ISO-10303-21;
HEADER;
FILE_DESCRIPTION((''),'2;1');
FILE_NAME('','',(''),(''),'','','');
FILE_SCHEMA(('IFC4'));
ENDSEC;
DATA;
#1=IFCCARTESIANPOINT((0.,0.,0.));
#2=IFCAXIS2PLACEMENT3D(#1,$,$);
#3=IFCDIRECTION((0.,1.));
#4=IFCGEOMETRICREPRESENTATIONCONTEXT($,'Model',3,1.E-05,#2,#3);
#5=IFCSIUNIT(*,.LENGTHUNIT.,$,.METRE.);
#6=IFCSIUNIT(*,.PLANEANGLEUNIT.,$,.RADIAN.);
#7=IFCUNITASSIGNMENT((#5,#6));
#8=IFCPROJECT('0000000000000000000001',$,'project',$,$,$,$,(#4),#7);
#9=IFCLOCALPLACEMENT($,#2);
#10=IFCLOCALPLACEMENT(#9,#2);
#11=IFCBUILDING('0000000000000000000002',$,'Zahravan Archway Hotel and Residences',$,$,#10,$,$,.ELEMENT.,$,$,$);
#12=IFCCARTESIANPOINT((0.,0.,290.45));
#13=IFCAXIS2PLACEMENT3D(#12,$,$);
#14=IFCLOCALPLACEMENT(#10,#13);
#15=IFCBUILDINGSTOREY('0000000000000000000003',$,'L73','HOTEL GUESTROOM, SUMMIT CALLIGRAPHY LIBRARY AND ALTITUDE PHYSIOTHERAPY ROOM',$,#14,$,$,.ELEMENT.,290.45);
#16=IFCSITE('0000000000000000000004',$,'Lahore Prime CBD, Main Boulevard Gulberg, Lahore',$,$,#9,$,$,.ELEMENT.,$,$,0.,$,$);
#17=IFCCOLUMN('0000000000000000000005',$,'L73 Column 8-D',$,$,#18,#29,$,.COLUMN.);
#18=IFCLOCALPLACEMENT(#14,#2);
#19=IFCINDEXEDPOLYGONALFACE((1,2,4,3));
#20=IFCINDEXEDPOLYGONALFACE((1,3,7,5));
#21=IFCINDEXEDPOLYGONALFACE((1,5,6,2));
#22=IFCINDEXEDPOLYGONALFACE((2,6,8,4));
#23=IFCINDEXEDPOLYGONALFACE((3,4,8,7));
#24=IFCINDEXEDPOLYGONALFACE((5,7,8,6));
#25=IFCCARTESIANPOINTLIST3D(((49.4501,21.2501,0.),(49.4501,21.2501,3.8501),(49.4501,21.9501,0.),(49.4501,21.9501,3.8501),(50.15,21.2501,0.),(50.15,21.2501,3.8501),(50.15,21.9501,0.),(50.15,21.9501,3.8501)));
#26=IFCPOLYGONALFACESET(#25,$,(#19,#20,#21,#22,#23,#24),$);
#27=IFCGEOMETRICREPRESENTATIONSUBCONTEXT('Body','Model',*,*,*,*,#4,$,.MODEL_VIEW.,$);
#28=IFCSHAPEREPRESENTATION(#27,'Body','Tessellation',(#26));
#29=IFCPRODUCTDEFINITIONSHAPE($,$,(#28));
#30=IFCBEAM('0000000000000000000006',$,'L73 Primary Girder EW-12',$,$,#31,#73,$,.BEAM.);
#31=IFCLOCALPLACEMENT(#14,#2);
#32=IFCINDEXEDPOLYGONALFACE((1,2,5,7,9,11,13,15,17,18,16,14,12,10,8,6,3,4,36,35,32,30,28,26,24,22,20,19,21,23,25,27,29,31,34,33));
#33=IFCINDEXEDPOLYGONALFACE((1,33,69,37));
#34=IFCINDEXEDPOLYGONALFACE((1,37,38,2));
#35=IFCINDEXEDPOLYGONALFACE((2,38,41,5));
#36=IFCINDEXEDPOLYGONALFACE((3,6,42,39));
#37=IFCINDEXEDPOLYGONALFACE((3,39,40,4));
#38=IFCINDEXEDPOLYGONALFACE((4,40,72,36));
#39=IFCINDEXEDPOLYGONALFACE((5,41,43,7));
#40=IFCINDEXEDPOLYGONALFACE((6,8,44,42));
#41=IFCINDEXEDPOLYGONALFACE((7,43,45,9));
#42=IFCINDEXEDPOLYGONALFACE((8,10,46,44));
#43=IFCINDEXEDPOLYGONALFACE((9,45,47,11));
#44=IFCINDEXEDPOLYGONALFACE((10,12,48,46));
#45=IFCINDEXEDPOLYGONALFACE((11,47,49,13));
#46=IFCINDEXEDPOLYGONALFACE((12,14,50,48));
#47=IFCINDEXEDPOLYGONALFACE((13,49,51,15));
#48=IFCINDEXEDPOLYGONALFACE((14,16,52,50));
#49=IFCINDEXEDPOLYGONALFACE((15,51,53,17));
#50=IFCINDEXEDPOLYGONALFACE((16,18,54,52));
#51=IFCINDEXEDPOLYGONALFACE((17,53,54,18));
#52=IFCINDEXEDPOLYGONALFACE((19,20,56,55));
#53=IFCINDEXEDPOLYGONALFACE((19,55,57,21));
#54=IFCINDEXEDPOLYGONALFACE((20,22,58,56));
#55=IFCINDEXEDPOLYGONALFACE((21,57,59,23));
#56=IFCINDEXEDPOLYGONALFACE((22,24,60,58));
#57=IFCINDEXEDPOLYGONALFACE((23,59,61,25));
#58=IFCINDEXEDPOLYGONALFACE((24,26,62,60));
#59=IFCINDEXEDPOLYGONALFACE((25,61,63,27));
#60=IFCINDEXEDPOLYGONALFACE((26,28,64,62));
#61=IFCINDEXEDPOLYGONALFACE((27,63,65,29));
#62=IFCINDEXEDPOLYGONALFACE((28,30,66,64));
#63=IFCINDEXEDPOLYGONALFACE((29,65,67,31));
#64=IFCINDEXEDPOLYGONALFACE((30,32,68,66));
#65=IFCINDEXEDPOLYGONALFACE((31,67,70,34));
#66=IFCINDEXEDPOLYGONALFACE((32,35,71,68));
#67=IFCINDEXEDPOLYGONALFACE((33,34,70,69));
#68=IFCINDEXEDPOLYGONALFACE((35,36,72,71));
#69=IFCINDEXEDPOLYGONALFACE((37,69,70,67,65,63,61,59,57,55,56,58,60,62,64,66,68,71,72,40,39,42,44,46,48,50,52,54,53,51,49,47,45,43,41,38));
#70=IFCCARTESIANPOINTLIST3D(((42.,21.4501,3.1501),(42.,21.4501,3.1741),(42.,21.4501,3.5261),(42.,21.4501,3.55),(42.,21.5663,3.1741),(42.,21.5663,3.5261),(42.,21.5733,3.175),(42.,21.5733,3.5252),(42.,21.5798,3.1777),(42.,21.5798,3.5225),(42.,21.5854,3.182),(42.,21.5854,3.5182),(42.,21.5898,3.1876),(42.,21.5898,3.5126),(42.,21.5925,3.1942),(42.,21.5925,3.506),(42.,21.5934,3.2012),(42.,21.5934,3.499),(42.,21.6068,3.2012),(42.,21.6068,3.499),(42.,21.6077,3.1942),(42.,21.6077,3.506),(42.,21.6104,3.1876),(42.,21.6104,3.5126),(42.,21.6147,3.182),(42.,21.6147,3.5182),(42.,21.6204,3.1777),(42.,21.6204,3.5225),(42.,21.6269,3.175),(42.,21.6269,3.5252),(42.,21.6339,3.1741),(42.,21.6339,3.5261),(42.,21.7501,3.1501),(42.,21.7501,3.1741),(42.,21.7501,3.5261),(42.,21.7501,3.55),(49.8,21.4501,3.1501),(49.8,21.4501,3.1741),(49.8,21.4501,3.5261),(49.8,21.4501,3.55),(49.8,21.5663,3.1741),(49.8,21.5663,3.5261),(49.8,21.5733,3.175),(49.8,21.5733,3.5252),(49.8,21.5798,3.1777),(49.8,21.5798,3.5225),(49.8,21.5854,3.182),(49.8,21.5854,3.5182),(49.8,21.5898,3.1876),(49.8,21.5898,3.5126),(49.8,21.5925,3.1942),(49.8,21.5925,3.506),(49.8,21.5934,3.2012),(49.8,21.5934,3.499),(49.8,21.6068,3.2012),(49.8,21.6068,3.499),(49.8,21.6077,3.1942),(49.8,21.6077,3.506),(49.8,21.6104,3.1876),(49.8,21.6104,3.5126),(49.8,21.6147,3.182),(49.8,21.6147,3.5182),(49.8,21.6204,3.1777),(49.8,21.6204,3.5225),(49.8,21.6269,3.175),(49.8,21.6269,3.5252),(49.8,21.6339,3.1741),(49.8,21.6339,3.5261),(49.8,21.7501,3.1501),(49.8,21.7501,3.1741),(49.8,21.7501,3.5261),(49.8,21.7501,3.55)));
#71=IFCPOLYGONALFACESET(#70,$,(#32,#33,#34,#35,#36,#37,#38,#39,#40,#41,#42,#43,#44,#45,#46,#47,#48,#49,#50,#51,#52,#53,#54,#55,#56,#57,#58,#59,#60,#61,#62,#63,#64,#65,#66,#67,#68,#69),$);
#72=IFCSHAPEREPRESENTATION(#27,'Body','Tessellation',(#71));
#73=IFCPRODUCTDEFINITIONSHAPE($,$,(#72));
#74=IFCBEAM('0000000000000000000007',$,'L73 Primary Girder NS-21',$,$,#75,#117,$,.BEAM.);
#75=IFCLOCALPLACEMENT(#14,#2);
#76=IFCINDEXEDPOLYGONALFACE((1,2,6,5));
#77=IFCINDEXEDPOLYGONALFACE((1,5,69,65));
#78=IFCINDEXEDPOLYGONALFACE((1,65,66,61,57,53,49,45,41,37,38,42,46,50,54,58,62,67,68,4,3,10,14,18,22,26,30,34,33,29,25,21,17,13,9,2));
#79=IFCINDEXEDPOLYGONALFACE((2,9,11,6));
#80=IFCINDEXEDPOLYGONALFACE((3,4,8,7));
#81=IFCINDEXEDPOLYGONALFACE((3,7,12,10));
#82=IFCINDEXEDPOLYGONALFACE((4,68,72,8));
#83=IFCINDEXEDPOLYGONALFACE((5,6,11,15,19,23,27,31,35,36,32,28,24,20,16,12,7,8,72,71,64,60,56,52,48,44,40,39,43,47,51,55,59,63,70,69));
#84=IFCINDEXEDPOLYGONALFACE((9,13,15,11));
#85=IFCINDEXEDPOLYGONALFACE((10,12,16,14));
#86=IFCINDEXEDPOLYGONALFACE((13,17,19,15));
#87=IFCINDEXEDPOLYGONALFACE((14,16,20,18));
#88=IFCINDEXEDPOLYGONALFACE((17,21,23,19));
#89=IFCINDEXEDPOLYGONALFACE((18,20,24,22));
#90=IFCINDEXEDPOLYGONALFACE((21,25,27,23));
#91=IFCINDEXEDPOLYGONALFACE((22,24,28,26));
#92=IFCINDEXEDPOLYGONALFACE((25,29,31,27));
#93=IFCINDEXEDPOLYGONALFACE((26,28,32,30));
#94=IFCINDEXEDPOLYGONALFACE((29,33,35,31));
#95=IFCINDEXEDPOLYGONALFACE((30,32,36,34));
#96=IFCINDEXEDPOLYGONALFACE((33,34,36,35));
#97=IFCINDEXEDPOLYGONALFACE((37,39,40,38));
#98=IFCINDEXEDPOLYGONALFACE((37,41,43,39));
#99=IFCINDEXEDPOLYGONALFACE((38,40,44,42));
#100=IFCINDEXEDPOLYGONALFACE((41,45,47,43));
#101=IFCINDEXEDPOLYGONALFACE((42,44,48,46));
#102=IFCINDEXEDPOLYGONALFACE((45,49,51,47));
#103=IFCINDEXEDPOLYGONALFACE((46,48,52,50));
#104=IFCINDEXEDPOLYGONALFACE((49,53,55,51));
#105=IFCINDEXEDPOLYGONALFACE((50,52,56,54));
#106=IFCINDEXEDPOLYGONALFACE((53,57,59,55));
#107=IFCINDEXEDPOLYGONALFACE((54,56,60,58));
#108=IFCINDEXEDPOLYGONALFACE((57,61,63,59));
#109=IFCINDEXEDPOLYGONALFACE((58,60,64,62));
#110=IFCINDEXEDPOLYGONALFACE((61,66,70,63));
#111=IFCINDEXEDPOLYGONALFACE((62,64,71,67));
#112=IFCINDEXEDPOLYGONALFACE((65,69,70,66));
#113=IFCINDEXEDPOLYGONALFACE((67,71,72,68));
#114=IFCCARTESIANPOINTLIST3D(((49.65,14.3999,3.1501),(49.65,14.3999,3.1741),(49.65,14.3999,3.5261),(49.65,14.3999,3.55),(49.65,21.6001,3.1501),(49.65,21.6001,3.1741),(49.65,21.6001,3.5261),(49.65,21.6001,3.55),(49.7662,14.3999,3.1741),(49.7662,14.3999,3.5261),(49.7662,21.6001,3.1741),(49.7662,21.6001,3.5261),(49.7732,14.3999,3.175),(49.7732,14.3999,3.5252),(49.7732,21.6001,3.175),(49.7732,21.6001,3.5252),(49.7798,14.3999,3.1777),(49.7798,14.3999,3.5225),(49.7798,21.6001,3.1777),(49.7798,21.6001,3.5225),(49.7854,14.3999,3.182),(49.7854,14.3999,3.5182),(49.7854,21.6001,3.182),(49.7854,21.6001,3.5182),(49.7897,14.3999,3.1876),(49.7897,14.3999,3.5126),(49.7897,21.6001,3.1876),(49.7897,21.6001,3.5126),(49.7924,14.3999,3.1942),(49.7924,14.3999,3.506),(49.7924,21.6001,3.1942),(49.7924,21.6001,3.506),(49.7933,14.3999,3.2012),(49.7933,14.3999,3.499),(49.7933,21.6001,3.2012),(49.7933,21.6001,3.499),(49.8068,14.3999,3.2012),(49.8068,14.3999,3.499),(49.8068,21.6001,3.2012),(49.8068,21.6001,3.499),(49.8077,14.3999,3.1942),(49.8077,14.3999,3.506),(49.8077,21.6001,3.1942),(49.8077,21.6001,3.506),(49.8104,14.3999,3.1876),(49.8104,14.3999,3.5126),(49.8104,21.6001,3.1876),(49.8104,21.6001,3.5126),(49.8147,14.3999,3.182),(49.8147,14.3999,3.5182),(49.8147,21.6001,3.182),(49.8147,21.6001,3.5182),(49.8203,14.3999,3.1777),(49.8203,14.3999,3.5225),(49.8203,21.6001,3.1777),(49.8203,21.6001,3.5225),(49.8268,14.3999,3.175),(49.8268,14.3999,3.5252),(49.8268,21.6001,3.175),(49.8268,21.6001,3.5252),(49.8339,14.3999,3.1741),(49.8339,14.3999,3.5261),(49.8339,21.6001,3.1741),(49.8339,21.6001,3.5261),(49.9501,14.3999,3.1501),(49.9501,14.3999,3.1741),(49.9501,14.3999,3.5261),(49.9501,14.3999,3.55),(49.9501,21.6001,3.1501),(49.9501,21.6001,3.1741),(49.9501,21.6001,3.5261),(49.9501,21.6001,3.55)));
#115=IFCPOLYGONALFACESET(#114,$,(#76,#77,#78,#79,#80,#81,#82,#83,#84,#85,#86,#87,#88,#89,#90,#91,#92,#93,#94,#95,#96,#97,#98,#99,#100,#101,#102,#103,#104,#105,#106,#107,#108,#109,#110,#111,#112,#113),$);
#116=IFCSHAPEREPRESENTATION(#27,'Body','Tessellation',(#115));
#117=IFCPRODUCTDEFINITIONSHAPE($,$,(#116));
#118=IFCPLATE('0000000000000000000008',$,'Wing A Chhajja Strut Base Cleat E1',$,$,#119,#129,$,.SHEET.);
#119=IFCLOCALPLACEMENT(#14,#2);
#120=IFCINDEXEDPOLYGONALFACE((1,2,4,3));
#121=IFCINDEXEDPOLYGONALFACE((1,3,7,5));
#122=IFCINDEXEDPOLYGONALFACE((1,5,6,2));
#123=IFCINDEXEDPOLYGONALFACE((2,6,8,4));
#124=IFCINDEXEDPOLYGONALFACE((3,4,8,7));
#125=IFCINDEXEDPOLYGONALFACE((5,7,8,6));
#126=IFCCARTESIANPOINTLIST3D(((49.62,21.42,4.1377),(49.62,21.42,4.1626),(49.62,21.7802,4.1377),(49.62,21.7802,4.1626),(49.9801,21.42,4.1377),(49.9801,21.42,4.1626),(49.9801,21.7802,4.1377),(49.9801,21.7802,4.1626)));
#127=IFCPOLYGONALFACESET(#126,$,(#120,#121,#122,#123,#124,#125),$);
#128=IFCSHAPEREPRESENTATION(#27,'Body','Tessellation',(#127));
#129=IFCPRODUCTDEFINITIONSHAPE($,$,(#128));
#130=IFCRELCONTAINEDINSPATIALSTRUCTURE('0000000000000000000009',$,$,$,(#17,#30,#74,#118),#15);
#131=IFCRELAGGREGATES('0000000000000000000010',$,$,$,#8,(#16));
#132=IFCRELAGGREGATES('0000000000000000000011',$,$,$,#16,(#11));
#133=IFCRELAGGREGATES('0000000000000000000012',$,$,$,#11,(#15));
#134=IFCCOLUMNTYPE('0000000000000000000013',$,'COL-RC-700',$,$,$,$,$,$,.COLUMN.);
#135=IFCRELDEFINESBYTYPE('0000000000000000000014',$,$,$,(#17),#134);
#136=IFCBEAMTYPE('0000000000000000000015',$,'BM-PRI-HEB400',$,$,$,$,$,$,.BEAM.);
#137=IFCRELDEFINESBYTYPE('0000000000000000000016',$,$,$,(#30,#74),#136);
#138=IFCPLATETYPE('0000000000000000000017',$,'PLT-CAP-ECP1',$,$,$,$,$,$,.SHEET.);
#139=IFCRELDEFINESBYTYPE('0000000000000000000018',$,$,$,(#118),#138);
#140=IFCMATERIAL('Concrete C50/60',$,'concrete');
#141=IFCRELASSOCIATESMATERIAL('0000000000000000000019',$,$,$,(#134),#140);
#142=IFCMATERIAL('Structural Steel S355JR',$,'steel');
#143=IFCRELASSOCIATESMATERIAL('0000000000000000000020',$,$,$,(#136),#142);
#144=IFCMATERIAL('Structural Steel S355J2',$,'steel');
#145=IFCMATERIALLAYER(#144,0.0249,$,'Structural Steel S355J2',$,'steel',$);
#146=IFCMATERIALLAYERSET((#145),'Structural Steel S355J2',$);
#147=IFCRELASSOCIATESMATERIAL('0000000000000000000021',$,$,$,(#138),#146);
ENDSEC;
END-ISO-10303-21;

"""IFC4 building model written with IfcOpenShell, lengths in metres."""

from ifc_helpers import new_model, si_unit, direction, frame, origin, origin_2d, place, context, subcontext, project, spatial, rectangle, i_section, extrude, source, transform, mapped, material, layer, layer_set, material_profile, profile_set, type_object, type_shapes, element, save


model = new_model("IFC4")

# Units and contexts
model_context = context("Model", 3, precision=1e-05, world=origin(), true_north=direction((0.0, 1.0)))
body_context = subcontext(model_context, "Body", "Model", "MODEL_VIEW")
ifc_project = project(units=[si_unit("LENGTHUNIT", "METRE"), si_unit("PLANEANGLEUNIT", "RADIAN")], contexts=[model_context])

# Site, building, storey
site_placement = place(None, origin())
site = spatial("IfcSite", under=ifc_project, at=site_placement, Name="Lahore Prime CBD, Main Boulevard Gulberg, Lahore", CompositionType="ELEMENT", RefElevation=0.0)
building_placement = place(site_placement, origin())
building = spatial("IfcBuilding", under=site, at=building_placement, Name="Zahravan Archway Hotel and Residences", CompositionType="ELEMENT")
storey_placement = place(building_placement, frame((0.0, 0.0, 290.45)))
storey = spatial("IfcBuildingStorey", under=building, at=storey_placement, Name="L73", Description="HOTEL GUESTROOM, SUMMIT CALLIGRAPHY LIBRARY AND ALTITUDE PHYSIOTHERAPY ROOM", CompositionType="ELEMENT", Elevation=290.45)

# Column
ifc_material_1 = material(Name="Concrete C50/60", Category="concrete")
ifc_material_profile_1 = material_profile(ifc_material_1, rectangle(XDim=0.7, YDim=0.7, at=origin_2d()), Name="RC-COL-700x700", Category="concrete")
ifc_profile_set_1 = profile_set([ifc_material_profile_1], Name="Concrete C50/60")
column_type = type_object("IfcColumnType", Name="COL-RC-700", PredefinedType="COLUMN", material=ifc_profile_set_1)
shared_shape_1 = source(origin(), body_context, "Body", "SweptSolid", [
    extrude(rectangle(XDim=0.7, YDim=0.7, at=origin_2d()), origin(), (0.0, 0.0, 1.0), 3.8501),
])
column_placement = place(storey_placement, frame((49.8, 21.6001, 0.0), z_axis=(0.0, 0.0, 1.0), x_axis=(1.0, 0.0, 0.0)))
element("IfcColumn", 1, at=column_placement, inside=storey, type_object=column_type, Name="L73 Column 8-D", PredefinedType="COLUMN", context=body_context, shape_type="MappedRepresentation", body=[
    mapped(shared_shape_1, transform((0.0, 0.0, 0.0), scale=1.0)),
])

# Beams
ifc_material_2 = material(Name="Structural Steel S355JR", Category="steel")
ifc_material_profile_2 = material_profile(ifc_material_2, i_section(OverallWidth=0.3, OverallDepth=0.3999, WebThickness=0.0134, FlangeThickness=0.0239, FilletRadius=0.0271, at=origin_2d()), Name="HEB 400", Category="steel")
ifc_profile_set_2 = profile_set([ifc_material_profile_2], Name="Structural Steel S355JR")
beam_type = type_object("IfcBeamType", Name="BM-PRI-HEB400", PredefinedType="BEAM", material=ifc_profile_set_2)
shared_shape_2 = source(origin(), body_context, "Body", "SweptSolid", [
    extrude(i_section(OverallWidth=0.3, OverallDepth=0.3999, WebThickness=0.0134, FlangeThickness=0.0239, FilletRadius=0.0271, at=origin_2d()), origin(), (0.0, 0.0, 1.0), 7.8),
])
beam_1_placement = place(storey_placement, frame((42.0, 21.6001, 3.3501), z_axis=(1.0, 0.0, 0.0), x_axis=(0.0, 1.0, 0.0)))
element("IfcBeam", 2, at=beam_1_placement, inside=storey, type_object=beam_type, Name="L73 Primary Girder EW-12", PredefinedType="BEAM", context=body_context, shape_type="MappedRepresentation", body=[
    mapped(shared_shape_2, transform((0.0, 0.0, 0.0), scale=1.0)),
])
shared_shape_3 = source(origin(), body_context, "Body", "SweptSolid", [
    extrude(i_section(OverallWidth=0.3, OverallDepth=0.3999, WebThickness=0.0134, FlangeThickness=0.0239, FilletRadius=0.0271, at=origin_2d()), origin(), (0.0, 0.0, 1.0), 7.2002),
])
beam_2_placement = place(storey_placement, frame((49.8, 14.3999, 3.3501), z_axis=(0.0, 1.0, 0.0), x_axis=(-1.0, 0.0, 0.0)))
element("IfcBeam", 3, at=beam_2_placement, inside=storey, type_object=beam_type, Name="L73 Primary Girder NS-21", PredefinedType="BEAM", context=body_context, shape_type="MappedRepresentation", body=[
    mapped(shared_shape_3, transform((0.0, 0.0, 0.0), scale=1.0)),
])

# Plate
ifc_material_3 = material(Name="Structural Steel S355J2", Category="steel")
ifc_layer_1 = layer(ifc_material_3, 0.0249, Name="Structural Steel S355J2", Category="steel")
ifc_layer_set_1 = layer_set([ifc_layer_1], Name="Structural Steel S355J2")
plate_type = type_object("IfcPlateType", Name="PLT-CAP-ECP1", PredefinedType="SHEET", material=ifc_layer_set_1)
shared_shape_4 = source(origin(), body_context, "Body", "SweptSolid", [
    extrude(rectangle(XDim=0.3601, YDim=0.3601, at=origin_2d()), origin(), (0.0, 0.0, 1.0), 0.0249),
])
type_shapes(plate_type, [shared_shape_4])
plate_placement = place(storey_placement, frame((49.8, 21.6001, 4.1377), z_axis=(0.0, 0.0, 1.0), x_axis=(1.0, 0.0, 0.0)))
element("IfcPlate", 4, at=plate_placement, inside=storey, type_object=plate_type, Name="Wing A Chhajja Strut Base Cleat E1", PredefinedType="SHEET", context=body_context, shape_type="MappedRepresentation", body=[
    mapped(shared_shape_4, transform((0.0, 0.0, 0.0), scale=1.0)),
])

save(model, "model.ifc")
